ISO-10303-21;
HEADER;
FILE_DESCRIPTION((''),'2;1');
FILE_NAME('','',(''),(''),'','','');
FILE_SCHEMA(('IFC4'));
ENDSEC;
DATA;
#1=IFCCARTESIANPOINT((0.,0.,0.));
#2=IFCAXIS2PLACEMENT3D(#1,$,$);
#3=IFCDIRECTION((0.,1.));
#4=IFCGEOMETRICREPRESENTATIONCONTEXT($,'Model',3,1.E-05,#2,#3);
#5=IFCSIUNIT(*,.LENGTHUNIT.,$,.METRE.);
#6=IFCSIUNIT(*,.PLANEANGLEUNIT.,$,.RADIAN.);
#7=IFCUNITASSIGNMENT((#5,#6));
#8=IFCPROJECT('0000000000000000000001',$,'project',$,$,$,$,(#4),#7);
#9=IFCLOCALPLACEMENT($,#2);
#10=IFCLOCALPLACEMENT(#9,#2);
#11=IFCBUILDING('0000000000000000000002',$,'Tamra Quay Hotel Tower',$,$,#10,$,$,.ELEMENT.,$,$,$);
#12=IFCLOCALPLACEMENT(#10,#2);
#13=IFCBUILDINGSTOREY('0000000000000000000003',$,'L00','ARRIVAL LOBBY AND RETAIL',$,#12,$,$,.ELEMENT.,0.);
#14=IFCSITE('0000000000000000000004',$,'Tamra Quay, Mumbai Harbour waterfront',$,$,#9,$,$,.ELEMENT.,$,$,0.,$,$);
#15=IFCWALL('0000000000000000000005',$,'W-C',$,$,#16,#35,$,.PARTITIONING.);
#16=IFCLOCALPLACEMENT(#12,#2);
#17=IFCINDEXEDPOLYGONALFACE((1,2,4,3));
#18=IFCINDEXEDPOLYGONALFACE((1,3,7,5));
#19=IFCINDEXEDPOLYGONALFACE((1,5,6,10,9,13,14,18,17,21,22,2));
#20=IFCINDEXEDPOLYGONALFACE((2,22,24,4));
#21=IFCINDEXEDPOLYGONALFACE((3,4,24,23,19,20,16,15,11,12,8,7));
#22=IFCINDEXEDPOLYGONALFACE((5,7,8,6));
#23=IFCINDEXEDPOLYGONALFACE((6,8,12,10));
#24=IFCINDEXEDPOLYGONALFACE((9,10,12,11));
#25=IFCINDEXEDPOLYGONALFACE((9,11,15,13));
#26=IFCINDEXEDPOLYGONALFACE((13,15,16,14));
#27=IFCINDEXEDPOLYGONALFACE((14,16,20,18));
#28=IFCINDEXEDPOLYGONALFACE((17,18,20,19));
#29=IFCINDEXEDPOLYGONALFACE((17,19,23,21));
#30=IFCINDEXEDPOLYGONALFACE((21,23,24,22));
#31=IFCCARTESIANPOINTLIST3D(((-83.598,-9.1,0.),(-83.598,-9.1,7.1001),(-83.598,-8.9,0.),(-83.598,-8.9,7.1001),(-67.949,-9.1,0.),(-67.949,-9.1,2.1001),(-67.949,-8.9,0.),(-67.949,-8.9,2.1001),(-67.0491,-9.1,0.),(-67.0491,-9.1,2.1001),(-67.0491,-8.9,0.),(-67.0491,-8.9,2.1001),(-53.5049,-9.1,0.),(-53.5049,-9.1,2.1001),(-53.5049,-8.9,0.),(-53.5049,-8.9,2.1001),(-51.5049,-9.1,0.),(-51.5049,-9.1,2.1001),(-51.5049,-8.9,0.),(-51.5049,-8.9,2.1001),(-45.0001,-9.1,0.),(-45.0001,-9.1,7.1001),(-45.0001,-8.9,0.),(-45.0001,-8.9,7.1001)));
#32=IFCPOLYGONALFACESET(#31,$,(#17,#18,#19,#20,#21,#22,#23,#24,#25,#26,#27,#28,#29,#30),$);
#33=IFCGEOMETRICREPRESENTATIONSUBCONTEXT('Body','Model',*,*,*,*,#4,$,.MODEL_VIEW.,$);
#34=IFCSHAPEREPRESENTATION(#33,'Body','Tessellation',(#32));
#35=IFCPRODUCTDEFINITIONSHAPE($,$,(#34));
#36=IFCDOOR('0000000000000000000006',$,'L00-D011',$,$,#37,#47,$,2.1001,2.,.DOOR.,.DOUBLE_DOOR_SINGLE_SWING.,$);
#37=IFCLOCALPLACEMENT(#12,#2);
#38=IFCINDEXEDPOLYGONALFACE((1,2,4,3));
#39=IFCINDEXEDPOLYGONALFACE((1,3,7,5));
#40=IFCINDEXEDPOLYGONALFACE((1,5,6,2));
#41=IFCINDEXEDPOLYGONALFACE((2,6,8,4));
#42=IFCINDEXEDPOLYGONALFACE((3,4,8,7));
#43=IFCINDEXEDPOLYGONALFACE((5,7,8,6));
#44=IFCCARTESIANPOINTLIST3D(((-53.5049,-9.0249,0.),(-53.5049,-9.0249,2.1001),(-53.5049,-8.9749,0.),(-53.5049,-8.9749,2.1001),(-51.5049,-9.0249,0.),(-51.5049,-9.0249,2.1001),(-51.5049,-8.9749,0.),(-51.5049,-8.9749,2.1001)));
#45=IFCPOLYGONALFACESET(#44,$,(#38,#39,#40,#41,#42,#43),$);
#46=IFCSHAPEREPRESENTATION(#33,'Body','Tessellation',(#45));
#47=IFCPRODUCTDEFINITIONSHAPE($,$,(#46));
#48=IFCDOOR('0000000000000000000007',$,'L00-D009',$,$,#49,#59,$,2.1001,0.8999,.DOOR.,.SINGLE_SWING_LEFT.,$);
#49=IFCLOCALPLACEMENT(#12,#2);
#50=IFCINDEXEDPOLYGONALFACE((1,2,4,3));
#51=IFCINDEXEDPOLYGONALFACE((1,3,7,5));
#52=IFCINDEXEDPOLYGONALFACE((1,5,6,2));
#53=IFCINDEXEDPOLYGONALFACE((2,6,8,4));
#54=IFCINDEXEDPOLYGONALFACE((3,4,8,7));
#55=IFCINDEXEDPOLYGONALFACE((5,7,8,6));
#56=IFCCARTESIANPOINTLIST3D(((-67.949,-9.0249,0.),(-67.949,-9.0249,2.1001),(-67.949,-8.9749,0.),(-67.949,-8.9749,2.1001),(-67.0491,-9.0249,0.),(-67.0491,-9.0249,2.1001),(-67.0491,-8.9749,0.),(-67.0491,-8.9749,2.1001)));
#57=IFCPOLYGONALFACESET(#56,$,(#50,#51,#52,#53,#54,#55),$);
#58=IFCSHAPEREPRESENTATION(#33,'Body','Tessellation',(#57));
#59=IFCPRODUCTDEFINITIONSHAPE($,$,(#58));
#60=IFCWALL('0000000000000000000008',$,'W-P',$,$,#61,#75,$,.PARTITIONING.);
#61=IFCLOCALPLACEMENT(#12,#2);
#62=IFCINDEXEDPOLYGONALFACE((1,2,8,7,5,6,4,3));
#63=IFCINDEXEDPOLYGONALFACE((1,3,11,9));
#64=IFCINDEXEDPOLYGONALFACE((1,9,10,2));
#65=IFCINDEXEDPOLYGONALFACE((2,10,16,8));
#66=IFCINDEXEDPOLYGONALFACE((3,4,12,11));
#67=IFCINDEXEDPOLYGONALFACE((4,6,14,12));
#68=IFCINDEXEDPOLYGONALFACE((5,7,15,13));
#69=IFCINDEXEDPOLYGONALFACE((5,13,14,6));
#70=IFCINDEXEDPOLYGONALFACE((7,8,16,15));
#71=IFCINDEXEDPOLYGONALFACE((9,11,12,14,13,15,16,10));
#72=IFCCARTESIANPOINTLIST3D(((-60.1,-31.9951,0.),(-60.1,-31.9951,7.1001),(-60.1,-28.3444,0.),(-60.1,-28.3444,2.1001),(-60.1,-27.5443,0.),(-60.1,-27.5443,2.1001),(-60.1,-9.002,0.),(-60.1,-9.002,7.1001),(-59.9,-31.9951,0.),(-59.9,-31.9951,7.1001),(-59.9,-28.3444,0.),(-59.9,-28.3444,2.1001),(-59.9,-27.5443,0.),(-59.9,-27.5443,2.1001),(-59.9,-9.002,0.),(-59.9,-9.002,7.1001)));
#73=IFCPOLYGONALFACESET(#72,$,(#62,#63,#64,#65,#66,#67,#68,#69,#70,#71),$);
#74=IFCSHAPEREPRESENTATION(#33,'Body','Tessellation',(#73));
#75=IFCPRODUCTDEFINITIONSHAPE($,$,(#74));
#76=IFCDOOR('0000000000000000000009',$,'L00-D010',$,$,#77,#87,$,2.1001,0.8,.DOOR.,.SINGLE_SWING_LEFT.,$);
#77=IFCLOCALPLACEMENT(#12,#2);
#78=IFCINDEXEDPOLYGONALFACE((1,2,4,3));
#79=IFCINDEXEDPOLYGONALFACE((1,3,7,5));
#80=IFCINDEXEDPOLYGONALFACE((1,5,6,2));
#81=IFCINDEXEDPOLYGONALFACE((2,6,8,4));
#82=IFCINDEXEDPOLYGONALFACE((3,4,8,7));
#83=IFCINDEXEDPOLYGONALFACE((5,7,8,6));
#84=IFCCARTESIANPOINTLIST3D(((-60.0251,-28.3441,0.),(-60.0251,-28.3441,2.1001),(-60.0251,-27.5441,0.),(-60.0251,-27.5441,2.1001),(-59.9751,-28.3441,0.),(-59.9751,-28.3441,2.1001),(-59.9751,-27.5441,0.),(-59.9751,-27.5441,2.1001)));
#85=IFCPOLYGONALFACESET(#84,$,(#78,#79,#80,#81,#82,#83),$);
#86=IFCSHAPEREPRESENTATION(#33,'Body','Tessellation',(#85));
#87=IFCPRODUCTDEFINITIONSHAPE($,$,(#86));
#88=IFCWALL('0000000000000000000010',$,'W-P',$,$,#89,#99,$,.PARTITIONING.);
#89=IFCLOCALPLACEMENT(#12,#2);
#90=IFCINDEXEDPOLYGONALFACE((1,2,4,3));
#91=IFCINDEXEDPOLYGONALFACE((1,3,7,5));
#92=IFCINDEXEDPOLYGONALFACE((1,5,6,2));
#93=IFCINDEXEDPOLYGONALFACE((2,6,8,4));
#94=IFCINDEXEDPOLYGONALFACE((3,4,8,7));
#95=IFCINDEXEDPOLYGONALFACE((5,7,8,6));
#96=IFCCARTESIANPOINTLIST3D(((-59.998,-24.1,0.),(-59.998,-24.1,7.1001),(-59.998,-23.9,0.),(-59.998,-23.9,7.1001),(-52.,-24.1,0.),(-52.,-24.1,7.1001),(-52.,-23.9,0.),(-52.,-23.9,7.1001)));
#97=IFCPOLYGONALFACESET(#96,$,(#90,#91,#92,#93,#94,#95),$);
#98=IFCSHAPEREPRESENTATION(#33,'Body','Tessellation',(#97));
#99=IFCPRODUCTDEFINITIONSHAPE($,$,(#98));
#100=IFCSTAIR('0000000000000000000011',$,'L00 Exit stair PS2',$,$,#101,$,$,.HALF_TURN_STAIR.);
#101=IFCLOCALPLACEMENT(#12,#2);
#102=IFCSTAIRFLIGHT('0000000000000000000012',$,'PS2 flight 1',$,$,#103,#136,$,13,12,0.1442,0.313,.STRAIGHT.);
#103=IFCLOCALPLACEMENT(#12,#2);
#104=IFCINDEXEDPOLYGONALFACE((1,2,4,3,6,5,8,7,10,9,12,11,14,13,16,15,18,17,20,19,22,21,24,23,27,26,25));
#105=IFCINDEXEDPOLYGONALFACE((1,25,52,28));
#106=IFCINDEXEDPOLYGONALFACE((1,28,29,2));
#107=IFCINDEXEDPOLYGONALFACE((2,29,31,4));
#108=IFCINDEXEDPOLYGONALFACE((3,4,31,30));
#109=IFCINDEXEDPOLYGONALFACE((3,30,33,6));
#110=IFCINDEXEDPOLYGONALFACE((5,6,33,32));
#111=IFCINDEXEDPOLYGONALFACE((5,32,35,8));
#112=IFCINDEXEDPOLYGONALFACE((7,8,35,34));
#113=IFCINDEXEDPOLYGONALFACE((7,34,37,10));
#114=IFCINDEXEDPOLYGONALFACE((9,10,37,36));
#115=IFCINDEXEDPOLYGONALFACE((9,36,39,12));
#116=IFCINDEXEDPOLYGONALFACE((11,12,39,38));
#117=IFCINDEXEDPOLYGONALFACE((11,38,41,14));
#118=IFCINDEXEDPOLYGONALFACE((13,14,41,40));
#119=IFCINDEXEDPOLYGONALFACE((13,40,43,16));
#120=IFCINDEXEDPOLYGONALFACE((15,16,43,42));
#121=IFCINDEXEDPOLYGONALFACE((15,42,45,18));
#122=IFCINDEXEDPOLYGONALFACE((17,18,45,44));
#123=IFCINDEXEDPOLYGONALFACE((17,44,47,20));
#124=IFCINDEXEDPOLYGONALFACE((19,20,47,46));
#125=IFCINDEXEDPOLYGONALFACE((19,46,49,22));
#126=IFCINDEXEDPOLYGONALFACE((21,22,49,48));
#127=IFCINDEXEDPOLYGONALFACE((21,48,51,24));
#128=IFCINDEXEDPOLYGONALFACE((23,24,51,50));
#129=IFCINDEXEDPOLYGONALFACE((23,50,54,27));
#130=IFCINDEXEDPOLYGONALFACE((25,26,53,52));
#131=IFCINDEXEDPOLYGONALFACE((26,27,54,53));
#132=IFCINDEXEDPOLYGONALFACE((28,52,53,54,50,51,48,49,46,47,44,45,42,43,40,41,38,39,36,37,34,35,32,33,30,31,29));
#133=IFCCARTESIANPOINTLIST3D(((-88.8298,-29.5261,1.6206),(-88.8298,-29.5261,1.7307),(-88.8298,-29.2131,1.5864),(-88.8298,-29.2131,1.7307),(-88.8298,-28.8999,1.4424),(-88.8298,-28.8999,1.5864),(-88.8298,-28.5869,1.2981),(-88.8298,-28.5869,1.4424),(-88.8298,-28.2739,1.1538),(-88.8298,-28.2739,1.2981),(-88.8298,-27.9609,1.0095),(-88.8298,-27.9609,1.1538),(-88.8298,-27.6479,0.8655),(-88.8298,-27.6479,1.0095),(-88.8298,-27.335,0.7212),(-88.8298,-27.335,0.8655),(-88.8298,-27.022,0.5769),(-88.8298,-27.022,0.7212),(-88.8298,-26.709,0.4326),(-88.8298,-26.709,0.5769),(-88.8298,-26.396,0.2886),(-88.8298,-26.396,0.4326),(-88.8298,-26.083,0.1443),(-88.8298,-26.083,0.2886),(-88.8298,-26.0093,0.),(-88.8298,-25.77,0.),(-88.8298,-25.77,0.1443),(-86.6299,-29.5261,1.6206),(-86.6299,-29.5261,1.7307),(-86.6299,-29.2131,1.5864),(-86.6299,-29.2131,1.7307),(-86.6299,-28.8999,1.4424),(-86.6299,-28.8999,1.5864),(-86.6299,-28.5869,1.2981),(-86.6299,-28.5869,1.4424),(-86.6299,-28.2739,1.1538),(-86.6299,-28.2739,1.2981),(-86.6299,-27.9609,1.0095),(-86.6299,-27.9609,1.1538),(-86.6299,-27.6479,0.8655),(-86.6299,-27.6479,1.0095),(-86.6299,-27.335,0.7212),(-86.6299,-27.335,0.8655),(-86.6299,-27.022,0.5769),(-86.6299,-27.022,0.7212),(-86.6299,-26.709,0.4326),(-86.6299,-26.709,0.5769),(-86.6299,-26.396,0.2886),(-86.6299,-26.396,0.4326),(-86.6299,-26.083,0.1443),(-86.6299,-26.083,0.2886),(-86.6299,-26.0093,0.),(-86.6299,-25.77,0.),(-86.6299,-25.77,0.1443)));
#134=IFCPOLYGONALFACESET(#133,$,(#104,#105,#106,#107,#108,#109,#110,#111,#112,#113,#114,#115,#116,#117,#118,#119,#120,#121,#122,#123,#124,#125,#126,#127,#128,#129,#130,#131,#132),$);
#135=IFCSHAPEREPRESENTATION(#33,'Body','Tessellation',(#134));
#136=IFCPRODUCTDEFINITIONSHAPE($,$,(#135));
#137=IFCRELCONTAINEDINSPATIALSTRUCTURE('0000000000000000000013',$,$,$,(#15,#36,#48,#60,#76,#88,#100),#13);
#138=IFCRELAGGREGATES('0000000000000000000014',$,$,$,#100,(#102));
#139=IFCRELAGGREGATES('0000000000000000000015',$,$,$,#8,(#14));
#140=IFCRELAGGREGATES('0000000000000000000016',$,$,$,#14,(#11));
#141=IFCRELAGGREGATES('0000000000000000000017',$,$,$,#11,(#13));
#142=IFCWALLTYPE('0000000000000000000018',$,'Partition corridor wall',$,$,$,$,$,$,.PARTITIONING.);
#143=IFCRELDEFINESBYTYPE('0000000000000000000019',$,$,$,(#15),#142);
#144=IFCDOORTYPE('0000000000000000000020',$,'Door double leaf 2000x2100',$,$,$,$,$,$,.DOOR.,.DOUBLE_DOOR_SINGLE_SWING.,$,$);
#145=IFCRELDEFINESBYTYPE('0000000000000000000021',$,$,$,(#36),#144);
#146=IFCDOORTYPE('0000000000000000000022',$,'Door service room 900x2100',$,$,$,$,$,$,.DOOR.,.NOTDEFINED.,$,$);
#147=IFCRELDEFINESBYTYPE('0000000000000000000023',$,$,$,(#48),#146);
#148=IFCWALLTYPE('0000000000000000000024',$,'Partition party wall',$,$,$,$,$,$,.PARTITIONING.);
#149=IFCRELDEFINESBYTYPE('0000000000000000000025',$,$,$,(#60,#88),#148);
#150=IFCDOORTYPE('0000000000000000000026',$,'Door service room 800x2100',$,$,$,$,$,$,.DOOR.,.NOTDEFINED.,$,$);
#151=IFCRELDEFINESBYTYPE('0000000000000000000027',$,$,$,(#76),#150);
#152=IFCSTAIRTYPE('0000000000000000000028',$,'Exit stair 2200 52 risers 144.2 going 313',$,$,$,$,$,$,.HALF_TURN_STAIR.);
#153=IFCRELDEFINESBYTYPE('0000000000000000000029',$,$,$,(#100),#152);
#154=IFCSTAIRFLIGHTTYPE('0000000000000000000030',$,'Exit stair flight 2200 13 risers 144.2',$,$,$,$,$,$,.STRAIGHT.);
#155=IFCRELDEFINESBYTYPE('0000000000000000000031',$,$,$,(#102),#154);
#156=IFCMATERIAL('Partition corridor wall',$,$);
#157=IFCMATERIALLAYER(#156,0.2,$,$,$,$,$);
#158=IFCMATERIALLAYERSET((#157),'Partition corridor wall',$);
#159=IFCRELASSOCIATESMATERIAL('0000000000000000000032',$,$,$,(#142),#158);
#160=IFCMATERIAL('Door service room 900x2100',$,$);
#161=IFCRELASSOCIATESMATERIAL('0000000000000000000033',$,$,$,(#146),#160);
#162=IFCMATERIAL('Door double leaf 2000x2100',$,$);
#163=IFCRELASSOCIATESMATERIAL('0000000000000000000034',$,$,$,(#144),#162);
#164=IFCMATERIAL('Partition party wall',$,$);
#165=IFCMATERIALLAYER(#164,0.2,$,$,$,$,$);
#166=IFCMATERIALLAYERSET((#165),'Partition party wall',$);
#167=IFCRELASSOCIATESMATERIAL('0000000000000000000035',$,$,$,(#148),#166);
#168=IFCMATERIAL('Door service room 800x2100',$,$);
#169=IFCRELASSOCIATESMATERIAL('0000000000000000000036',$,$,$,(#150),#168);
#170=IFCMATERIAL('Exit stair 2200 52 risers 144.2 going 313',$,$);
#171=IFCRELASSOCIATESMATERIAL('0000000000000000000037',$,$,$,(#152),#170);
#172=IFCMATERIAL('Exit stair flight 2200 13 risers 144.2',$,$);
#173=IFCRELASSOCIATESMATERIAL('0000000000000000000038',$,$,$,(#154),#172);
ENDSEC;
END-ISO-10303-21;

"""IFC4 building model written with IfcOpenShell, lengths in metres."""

from ifc_helpers import new_model, si_unit, direction, frame, frame_2d, origin, place, context, subcontext, project, spatial, polyline, rectangle, outline, extrude, material, layer, layer_set, type_object, element, fill, aggregate, save


model = new_model("IFC4")

# Units and contexts
model_context = context("Model", 3, precision=1e-05, world=origin(), true_north=direction((0.0, 1.0)))
body_context = subcontext(model_context, "Body", "Model", "MODEL_VIEW")
ifc_project = project(units=[si_unit("LENGTHUNIT", "METRE"), si_unit("PLANEANGLEUNIT", "RADIAN")], contexts=[model_context])

# Site, building, storey
site_placement = place(None, origin())
site = spatial("IfcSite", under=ifc_project, at=site_placement, Name="Tamra Quay, Mumbai Harbour waterfront", CompositionType="ELEMENT", RefElevation=0.0)
building_placement = place(site_placement, origin())
building = spatial("IfcBuilding", under=site, at=building_placement, Name="Tamra Quay Hotel Tower", CompositionType="ELEMENT")
storey_placement = place(building_placement, origin())
storey = spatial("IfcBuildingStorey", under=building, at=storey_placement, Name="L00", Description="ARRIVAL LOBBY AND RETAIL", CompositionType="ELEMENT", Elevation=0.0)

# Shared definitions
ifc_material_1 = material(Name="Partition corridor wall")
ifc_layer_1 = layer(ifc_material_1, 0.2)
ifc_layer_set_1 = layer_set([ifc_layer_1], Name="Partition corridor wall")
wall_type_1 = type_object("IfcWallType", Name="Partition corridor wall", PredefinedType="PARTITIONING", material=ifc_layer_set_1)
ifc_material_2 = material(Name="Door service room 900x2100")
door_type_1 = type_object("IfcDoorType", Name="Door service room 900x2100", OperationType="NOTDEFINED", PredefinedType="DOOR", material=ifc_material_2)

# Wall, openings, doors
wall_1_placement = place(storey_placement, frame((-83.5979, -9.0, 0.0), z_axis=(0.0, 0.0, 1.0), x_axis=(1.0, 0.0, 0.0)))
wall_1 = element("IfcWall", 1, at=wall_1_placement, inside=storey, type_object=wall_type_1, Name="W-C", PredefinedType="PARTITIONING", context=body_context, shape_type="SweptSolid", body=[
    extrude(rectangle(XDim=38.5979, YDim=0.2, at=frame_2d((19.2988, 0.0))), origin(), (0.0, 0.0, 1.0), 7.1001),
])
opening_1_placement = place(wall_1_placement, frame((15.6489, 0.0, 0.0)))
opening_1 = element("IfcOpeningElement", 2, at=opening_1_placement, cuts=wall_1, PredefinedType="OPENING", context=body_context, shape_type="SweptSolid", body=[
    extrude(rectangle(XDim=0.8999, YDim=2.1001, at=frame_2d((0.45, 1.05))), frame((0.0, 0.1099, 0.0), z_axis=(0.0, -1.0, 0.0), x_axis=(1.0, 0.0, 0.0)), (0.0, 0.0, 1.0), 0.22),
])
opening_2_placement = place(wall_1_placement, frame((30.093, 0.0, 0.0)))
opening_2 = element("IfcOpeningElement", 3, at=opening_2_placement, cuts=wall_1, PredefinedType="OPENING", context=body_context, shape_type="SweptSolid", body=[
    extrude(rectangle(XDim=2.0, YDim=2.1001, at=frame_2d((1.0, 1.05))), frame((0.0, 0.1099, 0.0), z_axis=(0.0, -1.0, 0.0), x_axis=(1.0, 0.0, 0.0)), (0.0, 0.0, 1.0), 0.22),
])
ifc_material_3 = material(Name="Door double leaf 2000x2100")
door_type_2 = type_object("IfcDoorType", Name="Door double leaf 2000x2100", OperationType="DOUBLE_DOOR_SINGLE_SWING", PredefinedType="DOOR", material=ifc_material_3)
door_1_placement = place(opening_2_placement, frame((2.0, 0.0, 0.0), z_axis=(0.0, 0.0, 1.0), x_axis=(-1.0, 0.0, 0.0)))
door_1 = element("IfcDoor", 4, at=door_1_placement, inside=storey, type_object=door_type_2, Name="L00-D011", OperationType="DOUBLE_DOOR_SINGLE_SWING", OverallHeight=2.1001, OverallWidth=2.0, PredefinedType="DOOR", context=body_context, shape_type="SweptSolid", body=[
    extrude(rectangle(XDim=2.0, YDim=2.1001, at=frame_2d((1.0, 1.05))), frame((0.0, 0.0249, 0.0), z_axis=(0.0, -1.0, 0.0), x_axis=(1.0, 0.0, 0.0)), (0.0, 0.0, 1.0), 0.05),
])
fill(opening_2, door_1)
door_2_placement = place(opening_1_placement, frame((0.8999, 0.0, 0.0), z_axis=(0.0, 0.0, 1.0), x_axis=(-1.0, 0.0, 0.0)))
door_2 = element("IfcDoor", 5, at=door_2_placement, inside=storey, type_object=door_type_1, Name="L00-D009", OperationType="SINGLE_SWING_LEFT", OverallHeight=2.1001, OverallWidth=0.8999, PredefinedType="DOOR", context=body_context, shape_type="SweptSolid", body=[
    extrude(rectangle(XDim=0.8999, YDim=2.1001, at=frame_2d((0.45, 1.05))), frame((0.0, 0.0249, 0.0), z_axis=(0.0, -1.0, 0.0), x_axis=(1.0, 0.0, 0.0)), (0.0, 0.0, 1.0), 0.05),
])
fill(opening_1, door_2)

# Wall, opening, door
ifc_material_4 = material(Name="Partition party wall")
ifc_layer_2 = layer(ifc_material_4, 0.2)
ifc_layer_set_2 = layer_set([ifc_layer_2], Name="Partition party wall")
wall_type_2 = type_object("IfcWallType", Name="Partition party wall", PredefinedType="PARTITIONING", material=ifc_layer_set_2)
wall_2_placement = place(storey_placement, frame((-60.0, -31.9951, 0.0), z_axis=(0.0, 0.0, 1.0), x_axis=(0.0, 1.0, 0.0)))
wall_2 = element("IfcWall", 6, at=wall_2_placement, inside=storey, type_object=wall_type_2, Name="W-P", PredefinedType="PARTITIONING", context=body_context, shape_type="SweptSolid", body=[
    extrude(rectangle(XDim=22.9932, YDim=0.2, at=frame_2d((11.4966, 0.0))), origin(), (0.0, 0.0, 1.0), 7.1001),
])
opening_3_placement = place(wall_2_placement, frame((3.6509, 0.0, 0.0)))
opening_3 = element("IfcOpeningElement", 7, at=opening_3_placement, cuts=wall_2, PredefinedType="OPENING", context=body_context, shape_type="SweptSolid", body=[
    extrude(rectangle(XDim=0.8, YDim=2.1001, at=frame_2d((0.3999, 1.05))), frame((0.0, 0.1099, 0.0), z_axis=(0.0, -1.0, 0.0), x_axis=(1.0, 0.0, 0.0)), (0.0, 0.0, 1.0), 0.22),
])
ifc_material_5 = material(Name="Door service room 800x2100")
door_type_3 = type_object("IfcDoorType", Name="Door service room 800x2100", OperationType="NOTDEFINED", PredefinedType="DOOR", material=ifc_material_5)
door_3_placement = place(opening_3_placement, frame((0.8, 0.0, 0.0), z_axis=(0.0, 0.0, 1.0), x_axis=(-1.0, 0.0, 0.0)))
door_3 = element("IfcDoor", 8, at=door_3_placement, inside=storey, type_object=door_type_3, Name="L00-D010", OperationType="SINGLE_SWING_LEFT", OverallHeight=2.1001, OverallWidth=0.8, PredefinedType="DOOR", context=body_context, shape_type="SweptSolid", body=[
    extrude(rectangle(XDim=0.8, YDim=2.1001, at=frame_2d((0.3999, 1.05))), frame((0.0, 0.0249, 0.0), z_axis=(0.0, -1.0, 0.0), x_axis=(1.0, 0.0, 0.0)), (0.0, 0.0, 1.0), 0.05),
])
fill(opening_3, door_3)

# Wall
wall_3_placement = place(storey_placement, frame((-59.998, -24.0, 0.0), z_axis=(0.0, 0.0, 1.0), x_axis=(1.0, 0.0, 0.0)))
element("IfcWall", 9, at=wall_3_placement, inside=storey, type_object=wall_type_2, Name="W-P", PredefinedType="PARTITIONING", context=body_context, shape_type="SweptSolid", body=[
    extrude(rectangle(XDim=7.998, YDim=0.2, at=frame_2d((3.999, 0.0))), origin(), (0.0, 0.0, 1.0), 7.1001),
])

# Stair, stair flight
ifc_material_6 = material(Name="Exit stair 2200 52 risers 144.2 going 313")
stair_type = type_object("IfcStairType", Name="Exit stair 2200 52 risers 144.2 going 313", PredefinedType="HALF_TURN_STAIR", material=ifc_material_6)
stair_placement = place(storey_placement, origin())
stair = element("IfcStair", 10, at=stair_placement, inside=storey, type_object=stair_type, Name="L00 Exit stair PS2", PredefinedType="HALF_TURN_STAIR")
ifc_material_7 = material(Name="Exit stair flight 2200 13 risers 144.2")
stair_flight_type = type_object("IfcStairFlightType", Name="Exit stair flight 2200 13 risers 144.2", PredefinedType="STRAIGHT", material=ifc_material_7)
stair_flight_1_placement = place(storey_placement, frame((-87.73, -25.77, 0.0), z_axis=(0.0, 0.0, 1.0), x_axis=(0.0, -1.0, 0.0)))
stair_flight_1 = element("IfcStairFlight", 11, at=stair_flight_1_placement, type_object=stair_flight_type, Name="PS2 flight 1", NumberOfRisers=13, NumberOfTreads=12, PredefinedType="STRAIGHT", RiserHeight=0.1442, TreadLength=0.313, context=body_context, shape_type="SweptSolid", body=[
    extrude(outline(polyline([(0.0, 0.0), (0.0, 0.1443), (0.313, 0.1443), (0.313, 0.2886), (0.626, 0.2886), (0.626, 0.4326), (0.939, 0.4326), (0.939, 0.5769), (1.252, 0.5769), (1.252, 0.7212), (1.5649, 0.7212), (1.5649, 0.8655), (1.8779, 0.8655), (1.8779, 1.0095), (2.1909, 1.0095), (2.1909, 1.1538), (2.5039, 1.1538), (2.5039, 1.2981), (2.8169, 1.2981), (2.8169, 1.4424), (3.1299, 1.4424), (3.1299, 1.5864), (3.4431, 1.5864), (3.4431, 1.7307), (3.7561, 1.7307), (3.7561, 1.875), (3.7561, 1.6206), (0.2393, 0.0), (0.0, 0.0)])), frame((0.0, 1.1001, 0.0), z_axis=(0.0, -1.0, 0.0), x_axis=(1.0, 0.0, 0.0)), (0.0, 0.0, 1.0), 2.2),
])
aggregate(stair, [stair_flight_1])

save(model, "model.ifc")
